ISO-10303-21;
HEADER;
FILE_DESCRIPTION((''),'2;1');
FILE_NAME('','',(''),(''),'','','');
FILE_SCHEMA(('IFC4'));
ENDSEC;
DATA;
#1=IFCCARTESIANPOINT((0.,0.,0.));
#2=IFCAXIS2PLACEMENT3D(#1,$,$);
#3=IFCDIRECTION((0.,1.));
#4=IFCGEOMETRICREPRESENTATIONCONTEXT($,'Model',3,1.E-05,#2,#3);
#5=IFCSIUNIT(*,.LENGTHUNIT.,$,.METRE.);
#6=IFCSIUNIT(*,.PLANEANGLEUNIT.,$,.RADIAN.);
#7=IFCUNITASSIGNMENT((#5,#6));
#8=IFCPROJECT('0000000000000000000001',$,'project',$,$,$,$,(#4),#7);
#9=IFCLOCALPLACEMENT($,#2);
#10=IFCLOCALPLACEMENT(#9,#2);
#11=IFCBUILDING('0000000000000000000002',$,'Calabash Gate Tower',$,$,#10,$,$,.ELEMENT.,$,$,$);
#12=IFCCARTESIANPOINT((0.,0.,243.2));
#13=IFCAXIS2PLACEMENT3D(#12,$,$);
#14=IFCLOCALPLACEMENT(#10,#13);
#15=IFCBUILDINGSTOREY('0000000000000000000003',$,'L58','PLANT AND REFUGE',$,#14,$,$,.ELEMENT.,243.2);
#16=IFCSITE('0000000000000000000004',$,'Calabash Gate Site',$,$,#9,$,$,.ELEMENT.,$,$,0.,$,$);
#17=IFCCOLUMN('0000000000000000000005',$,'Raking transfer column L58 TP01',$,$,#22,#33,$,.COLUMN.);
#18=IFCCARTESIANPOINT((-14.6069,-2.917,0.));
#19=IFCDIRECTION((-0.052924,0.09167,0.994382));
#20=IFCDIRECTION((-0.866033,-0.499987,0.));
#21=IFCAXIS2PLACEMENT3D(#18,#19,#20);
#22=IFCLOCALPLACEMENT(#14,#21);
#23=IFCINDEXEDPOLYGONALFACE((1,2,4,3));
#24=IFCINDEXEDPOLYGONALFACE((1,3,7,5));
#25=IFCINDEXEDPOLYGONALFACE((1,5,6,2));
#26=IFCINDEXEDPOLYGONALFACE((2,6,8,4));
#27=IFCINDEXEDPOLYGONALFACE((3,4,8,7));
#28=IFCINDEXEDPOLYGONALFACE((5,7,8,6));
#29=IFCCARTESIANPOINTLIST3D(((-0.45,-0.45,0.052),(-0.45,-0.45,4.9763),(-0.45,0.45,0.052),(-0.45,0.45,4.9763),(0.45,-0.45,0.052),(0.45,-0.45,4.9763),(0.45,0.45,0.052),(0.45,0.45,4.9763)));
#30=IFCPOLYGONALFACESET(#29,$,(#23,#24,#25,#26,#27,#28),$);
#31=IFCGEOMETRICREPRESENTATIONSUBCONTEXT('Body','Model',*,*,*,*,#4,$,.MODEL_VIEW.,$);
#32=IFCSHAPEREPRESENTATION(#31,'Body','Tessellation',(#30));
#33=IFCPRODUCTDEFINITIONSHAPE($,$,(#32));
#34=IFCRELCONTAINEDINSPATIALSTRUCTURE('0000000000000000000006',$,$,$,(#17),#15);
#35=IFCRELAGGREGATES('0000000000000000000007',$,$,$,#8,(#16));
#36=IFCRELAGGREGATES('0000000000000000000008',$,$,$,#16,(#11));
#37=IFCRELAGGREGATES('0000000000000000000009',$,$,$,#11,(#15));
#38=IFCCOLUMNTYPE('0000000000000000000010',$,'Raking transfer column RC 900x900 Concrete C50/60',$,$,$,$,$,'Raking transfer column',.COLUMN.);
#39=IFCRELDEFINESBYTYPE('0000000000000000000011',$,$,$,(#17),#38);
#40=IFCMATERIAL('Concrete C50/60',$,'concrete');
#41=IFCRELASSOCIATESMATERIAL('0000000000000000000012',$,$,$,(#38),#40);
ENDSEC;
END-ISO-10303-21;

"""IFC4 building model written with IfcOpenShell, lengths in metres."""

from ifc_helpers import new_model, si_unit, direction, frame, origin, origin_2d, place, context, subcontext, project, spatial, rectangle, extrude, clip, halfspace, material, material_profile, profile_set, type_object, element, save


model = new_model("IFC4")

# Units and contexts
model_context = context("Model", 3, precision=1e-05, world=origin(), true_north=direction((0.0, 1.0)))
body_context = subcontext(model_context, "Body", "Model", "MODEL_VIEW")
ifc_project = project(units=[si_unit("LENGTHUNIT", "METRE"), si_unit("PLANEANGLEUNIT", "RADIAN")], contexts=[model_context])

# Site, building, storey
site_placement = place(None, origin())
site = spatial("IfcSite", under=ifc_project, at=site_placement, Name="Calabash Gate Site", CompositionType="ELEMENT", RefElevation=0.0)
building_placement = place(site_placement, origin())
building = spatial("IfcBuilding", under=site, at=building_placement, Name="Calabash Gate Tower", CompositionType="ELEMENT")
storey_placement = place(building_placement, frame((0.0, 0.0, 243.2)))
storey = spatial("IfcBuildingStorey", under=building, at=storey_placement, Name="L58", Description="PLANT AND REFUGE", CompositionType="ELEMENT", Elevation=243.2)

# Column
ifc_material_1 = material(Name="Concrete C50/60", Category="concrete")
ifc_material_profile_1 = material_profile(ifc_material_1, rectangle(XDim=0.8999, YDim=0.8999, at=origin_2d()))
ifc_profile_set_1 = profile_set([ifc_material_profile_1], Name="Concrete C50/60")
column_type = type_object("IfcColumnType", Name="Raking transfer column RC 900x900 Concrete C50/60", ElementType="Raking transfer column", PredefinedType="COLUMN", material=ifc_profile_set_1)
column_placement = place(storey_placement, frame((-14.6069, -2.917, 0.0), z_axis=(-0.052924, 0.09167, 0.994382), x_axis=(-0.866033, -0.499987, 0.0)))
element("IfcColumn", 1, at=column_placement, inside=storey, type_object=column_type, Name="Raking transfer column L58 TP01", PredefinedType="COLUMN", context=body_context, shape_type="Clipping", body=[
    clip(clip(extrude(rectangle(XDim=0.8999, YDim=0.8999, at=origin_2d()), origin(), (0.0, 0.0, 1.0), 5.0283), halfspace(frame((0.0, 0.0, 0.052), z_axis=(0.0, 0.0, 1.0), x_axis=(1.0, 0.0, 0.0)), True)), halfspace(frame((0.0, 0.0, 4.9763), z_axis=(0.0, 0.0, 1.0), x_axis=(1.0, 0.0, 0.0)), False)),
])

save(model, "model.ifc")
